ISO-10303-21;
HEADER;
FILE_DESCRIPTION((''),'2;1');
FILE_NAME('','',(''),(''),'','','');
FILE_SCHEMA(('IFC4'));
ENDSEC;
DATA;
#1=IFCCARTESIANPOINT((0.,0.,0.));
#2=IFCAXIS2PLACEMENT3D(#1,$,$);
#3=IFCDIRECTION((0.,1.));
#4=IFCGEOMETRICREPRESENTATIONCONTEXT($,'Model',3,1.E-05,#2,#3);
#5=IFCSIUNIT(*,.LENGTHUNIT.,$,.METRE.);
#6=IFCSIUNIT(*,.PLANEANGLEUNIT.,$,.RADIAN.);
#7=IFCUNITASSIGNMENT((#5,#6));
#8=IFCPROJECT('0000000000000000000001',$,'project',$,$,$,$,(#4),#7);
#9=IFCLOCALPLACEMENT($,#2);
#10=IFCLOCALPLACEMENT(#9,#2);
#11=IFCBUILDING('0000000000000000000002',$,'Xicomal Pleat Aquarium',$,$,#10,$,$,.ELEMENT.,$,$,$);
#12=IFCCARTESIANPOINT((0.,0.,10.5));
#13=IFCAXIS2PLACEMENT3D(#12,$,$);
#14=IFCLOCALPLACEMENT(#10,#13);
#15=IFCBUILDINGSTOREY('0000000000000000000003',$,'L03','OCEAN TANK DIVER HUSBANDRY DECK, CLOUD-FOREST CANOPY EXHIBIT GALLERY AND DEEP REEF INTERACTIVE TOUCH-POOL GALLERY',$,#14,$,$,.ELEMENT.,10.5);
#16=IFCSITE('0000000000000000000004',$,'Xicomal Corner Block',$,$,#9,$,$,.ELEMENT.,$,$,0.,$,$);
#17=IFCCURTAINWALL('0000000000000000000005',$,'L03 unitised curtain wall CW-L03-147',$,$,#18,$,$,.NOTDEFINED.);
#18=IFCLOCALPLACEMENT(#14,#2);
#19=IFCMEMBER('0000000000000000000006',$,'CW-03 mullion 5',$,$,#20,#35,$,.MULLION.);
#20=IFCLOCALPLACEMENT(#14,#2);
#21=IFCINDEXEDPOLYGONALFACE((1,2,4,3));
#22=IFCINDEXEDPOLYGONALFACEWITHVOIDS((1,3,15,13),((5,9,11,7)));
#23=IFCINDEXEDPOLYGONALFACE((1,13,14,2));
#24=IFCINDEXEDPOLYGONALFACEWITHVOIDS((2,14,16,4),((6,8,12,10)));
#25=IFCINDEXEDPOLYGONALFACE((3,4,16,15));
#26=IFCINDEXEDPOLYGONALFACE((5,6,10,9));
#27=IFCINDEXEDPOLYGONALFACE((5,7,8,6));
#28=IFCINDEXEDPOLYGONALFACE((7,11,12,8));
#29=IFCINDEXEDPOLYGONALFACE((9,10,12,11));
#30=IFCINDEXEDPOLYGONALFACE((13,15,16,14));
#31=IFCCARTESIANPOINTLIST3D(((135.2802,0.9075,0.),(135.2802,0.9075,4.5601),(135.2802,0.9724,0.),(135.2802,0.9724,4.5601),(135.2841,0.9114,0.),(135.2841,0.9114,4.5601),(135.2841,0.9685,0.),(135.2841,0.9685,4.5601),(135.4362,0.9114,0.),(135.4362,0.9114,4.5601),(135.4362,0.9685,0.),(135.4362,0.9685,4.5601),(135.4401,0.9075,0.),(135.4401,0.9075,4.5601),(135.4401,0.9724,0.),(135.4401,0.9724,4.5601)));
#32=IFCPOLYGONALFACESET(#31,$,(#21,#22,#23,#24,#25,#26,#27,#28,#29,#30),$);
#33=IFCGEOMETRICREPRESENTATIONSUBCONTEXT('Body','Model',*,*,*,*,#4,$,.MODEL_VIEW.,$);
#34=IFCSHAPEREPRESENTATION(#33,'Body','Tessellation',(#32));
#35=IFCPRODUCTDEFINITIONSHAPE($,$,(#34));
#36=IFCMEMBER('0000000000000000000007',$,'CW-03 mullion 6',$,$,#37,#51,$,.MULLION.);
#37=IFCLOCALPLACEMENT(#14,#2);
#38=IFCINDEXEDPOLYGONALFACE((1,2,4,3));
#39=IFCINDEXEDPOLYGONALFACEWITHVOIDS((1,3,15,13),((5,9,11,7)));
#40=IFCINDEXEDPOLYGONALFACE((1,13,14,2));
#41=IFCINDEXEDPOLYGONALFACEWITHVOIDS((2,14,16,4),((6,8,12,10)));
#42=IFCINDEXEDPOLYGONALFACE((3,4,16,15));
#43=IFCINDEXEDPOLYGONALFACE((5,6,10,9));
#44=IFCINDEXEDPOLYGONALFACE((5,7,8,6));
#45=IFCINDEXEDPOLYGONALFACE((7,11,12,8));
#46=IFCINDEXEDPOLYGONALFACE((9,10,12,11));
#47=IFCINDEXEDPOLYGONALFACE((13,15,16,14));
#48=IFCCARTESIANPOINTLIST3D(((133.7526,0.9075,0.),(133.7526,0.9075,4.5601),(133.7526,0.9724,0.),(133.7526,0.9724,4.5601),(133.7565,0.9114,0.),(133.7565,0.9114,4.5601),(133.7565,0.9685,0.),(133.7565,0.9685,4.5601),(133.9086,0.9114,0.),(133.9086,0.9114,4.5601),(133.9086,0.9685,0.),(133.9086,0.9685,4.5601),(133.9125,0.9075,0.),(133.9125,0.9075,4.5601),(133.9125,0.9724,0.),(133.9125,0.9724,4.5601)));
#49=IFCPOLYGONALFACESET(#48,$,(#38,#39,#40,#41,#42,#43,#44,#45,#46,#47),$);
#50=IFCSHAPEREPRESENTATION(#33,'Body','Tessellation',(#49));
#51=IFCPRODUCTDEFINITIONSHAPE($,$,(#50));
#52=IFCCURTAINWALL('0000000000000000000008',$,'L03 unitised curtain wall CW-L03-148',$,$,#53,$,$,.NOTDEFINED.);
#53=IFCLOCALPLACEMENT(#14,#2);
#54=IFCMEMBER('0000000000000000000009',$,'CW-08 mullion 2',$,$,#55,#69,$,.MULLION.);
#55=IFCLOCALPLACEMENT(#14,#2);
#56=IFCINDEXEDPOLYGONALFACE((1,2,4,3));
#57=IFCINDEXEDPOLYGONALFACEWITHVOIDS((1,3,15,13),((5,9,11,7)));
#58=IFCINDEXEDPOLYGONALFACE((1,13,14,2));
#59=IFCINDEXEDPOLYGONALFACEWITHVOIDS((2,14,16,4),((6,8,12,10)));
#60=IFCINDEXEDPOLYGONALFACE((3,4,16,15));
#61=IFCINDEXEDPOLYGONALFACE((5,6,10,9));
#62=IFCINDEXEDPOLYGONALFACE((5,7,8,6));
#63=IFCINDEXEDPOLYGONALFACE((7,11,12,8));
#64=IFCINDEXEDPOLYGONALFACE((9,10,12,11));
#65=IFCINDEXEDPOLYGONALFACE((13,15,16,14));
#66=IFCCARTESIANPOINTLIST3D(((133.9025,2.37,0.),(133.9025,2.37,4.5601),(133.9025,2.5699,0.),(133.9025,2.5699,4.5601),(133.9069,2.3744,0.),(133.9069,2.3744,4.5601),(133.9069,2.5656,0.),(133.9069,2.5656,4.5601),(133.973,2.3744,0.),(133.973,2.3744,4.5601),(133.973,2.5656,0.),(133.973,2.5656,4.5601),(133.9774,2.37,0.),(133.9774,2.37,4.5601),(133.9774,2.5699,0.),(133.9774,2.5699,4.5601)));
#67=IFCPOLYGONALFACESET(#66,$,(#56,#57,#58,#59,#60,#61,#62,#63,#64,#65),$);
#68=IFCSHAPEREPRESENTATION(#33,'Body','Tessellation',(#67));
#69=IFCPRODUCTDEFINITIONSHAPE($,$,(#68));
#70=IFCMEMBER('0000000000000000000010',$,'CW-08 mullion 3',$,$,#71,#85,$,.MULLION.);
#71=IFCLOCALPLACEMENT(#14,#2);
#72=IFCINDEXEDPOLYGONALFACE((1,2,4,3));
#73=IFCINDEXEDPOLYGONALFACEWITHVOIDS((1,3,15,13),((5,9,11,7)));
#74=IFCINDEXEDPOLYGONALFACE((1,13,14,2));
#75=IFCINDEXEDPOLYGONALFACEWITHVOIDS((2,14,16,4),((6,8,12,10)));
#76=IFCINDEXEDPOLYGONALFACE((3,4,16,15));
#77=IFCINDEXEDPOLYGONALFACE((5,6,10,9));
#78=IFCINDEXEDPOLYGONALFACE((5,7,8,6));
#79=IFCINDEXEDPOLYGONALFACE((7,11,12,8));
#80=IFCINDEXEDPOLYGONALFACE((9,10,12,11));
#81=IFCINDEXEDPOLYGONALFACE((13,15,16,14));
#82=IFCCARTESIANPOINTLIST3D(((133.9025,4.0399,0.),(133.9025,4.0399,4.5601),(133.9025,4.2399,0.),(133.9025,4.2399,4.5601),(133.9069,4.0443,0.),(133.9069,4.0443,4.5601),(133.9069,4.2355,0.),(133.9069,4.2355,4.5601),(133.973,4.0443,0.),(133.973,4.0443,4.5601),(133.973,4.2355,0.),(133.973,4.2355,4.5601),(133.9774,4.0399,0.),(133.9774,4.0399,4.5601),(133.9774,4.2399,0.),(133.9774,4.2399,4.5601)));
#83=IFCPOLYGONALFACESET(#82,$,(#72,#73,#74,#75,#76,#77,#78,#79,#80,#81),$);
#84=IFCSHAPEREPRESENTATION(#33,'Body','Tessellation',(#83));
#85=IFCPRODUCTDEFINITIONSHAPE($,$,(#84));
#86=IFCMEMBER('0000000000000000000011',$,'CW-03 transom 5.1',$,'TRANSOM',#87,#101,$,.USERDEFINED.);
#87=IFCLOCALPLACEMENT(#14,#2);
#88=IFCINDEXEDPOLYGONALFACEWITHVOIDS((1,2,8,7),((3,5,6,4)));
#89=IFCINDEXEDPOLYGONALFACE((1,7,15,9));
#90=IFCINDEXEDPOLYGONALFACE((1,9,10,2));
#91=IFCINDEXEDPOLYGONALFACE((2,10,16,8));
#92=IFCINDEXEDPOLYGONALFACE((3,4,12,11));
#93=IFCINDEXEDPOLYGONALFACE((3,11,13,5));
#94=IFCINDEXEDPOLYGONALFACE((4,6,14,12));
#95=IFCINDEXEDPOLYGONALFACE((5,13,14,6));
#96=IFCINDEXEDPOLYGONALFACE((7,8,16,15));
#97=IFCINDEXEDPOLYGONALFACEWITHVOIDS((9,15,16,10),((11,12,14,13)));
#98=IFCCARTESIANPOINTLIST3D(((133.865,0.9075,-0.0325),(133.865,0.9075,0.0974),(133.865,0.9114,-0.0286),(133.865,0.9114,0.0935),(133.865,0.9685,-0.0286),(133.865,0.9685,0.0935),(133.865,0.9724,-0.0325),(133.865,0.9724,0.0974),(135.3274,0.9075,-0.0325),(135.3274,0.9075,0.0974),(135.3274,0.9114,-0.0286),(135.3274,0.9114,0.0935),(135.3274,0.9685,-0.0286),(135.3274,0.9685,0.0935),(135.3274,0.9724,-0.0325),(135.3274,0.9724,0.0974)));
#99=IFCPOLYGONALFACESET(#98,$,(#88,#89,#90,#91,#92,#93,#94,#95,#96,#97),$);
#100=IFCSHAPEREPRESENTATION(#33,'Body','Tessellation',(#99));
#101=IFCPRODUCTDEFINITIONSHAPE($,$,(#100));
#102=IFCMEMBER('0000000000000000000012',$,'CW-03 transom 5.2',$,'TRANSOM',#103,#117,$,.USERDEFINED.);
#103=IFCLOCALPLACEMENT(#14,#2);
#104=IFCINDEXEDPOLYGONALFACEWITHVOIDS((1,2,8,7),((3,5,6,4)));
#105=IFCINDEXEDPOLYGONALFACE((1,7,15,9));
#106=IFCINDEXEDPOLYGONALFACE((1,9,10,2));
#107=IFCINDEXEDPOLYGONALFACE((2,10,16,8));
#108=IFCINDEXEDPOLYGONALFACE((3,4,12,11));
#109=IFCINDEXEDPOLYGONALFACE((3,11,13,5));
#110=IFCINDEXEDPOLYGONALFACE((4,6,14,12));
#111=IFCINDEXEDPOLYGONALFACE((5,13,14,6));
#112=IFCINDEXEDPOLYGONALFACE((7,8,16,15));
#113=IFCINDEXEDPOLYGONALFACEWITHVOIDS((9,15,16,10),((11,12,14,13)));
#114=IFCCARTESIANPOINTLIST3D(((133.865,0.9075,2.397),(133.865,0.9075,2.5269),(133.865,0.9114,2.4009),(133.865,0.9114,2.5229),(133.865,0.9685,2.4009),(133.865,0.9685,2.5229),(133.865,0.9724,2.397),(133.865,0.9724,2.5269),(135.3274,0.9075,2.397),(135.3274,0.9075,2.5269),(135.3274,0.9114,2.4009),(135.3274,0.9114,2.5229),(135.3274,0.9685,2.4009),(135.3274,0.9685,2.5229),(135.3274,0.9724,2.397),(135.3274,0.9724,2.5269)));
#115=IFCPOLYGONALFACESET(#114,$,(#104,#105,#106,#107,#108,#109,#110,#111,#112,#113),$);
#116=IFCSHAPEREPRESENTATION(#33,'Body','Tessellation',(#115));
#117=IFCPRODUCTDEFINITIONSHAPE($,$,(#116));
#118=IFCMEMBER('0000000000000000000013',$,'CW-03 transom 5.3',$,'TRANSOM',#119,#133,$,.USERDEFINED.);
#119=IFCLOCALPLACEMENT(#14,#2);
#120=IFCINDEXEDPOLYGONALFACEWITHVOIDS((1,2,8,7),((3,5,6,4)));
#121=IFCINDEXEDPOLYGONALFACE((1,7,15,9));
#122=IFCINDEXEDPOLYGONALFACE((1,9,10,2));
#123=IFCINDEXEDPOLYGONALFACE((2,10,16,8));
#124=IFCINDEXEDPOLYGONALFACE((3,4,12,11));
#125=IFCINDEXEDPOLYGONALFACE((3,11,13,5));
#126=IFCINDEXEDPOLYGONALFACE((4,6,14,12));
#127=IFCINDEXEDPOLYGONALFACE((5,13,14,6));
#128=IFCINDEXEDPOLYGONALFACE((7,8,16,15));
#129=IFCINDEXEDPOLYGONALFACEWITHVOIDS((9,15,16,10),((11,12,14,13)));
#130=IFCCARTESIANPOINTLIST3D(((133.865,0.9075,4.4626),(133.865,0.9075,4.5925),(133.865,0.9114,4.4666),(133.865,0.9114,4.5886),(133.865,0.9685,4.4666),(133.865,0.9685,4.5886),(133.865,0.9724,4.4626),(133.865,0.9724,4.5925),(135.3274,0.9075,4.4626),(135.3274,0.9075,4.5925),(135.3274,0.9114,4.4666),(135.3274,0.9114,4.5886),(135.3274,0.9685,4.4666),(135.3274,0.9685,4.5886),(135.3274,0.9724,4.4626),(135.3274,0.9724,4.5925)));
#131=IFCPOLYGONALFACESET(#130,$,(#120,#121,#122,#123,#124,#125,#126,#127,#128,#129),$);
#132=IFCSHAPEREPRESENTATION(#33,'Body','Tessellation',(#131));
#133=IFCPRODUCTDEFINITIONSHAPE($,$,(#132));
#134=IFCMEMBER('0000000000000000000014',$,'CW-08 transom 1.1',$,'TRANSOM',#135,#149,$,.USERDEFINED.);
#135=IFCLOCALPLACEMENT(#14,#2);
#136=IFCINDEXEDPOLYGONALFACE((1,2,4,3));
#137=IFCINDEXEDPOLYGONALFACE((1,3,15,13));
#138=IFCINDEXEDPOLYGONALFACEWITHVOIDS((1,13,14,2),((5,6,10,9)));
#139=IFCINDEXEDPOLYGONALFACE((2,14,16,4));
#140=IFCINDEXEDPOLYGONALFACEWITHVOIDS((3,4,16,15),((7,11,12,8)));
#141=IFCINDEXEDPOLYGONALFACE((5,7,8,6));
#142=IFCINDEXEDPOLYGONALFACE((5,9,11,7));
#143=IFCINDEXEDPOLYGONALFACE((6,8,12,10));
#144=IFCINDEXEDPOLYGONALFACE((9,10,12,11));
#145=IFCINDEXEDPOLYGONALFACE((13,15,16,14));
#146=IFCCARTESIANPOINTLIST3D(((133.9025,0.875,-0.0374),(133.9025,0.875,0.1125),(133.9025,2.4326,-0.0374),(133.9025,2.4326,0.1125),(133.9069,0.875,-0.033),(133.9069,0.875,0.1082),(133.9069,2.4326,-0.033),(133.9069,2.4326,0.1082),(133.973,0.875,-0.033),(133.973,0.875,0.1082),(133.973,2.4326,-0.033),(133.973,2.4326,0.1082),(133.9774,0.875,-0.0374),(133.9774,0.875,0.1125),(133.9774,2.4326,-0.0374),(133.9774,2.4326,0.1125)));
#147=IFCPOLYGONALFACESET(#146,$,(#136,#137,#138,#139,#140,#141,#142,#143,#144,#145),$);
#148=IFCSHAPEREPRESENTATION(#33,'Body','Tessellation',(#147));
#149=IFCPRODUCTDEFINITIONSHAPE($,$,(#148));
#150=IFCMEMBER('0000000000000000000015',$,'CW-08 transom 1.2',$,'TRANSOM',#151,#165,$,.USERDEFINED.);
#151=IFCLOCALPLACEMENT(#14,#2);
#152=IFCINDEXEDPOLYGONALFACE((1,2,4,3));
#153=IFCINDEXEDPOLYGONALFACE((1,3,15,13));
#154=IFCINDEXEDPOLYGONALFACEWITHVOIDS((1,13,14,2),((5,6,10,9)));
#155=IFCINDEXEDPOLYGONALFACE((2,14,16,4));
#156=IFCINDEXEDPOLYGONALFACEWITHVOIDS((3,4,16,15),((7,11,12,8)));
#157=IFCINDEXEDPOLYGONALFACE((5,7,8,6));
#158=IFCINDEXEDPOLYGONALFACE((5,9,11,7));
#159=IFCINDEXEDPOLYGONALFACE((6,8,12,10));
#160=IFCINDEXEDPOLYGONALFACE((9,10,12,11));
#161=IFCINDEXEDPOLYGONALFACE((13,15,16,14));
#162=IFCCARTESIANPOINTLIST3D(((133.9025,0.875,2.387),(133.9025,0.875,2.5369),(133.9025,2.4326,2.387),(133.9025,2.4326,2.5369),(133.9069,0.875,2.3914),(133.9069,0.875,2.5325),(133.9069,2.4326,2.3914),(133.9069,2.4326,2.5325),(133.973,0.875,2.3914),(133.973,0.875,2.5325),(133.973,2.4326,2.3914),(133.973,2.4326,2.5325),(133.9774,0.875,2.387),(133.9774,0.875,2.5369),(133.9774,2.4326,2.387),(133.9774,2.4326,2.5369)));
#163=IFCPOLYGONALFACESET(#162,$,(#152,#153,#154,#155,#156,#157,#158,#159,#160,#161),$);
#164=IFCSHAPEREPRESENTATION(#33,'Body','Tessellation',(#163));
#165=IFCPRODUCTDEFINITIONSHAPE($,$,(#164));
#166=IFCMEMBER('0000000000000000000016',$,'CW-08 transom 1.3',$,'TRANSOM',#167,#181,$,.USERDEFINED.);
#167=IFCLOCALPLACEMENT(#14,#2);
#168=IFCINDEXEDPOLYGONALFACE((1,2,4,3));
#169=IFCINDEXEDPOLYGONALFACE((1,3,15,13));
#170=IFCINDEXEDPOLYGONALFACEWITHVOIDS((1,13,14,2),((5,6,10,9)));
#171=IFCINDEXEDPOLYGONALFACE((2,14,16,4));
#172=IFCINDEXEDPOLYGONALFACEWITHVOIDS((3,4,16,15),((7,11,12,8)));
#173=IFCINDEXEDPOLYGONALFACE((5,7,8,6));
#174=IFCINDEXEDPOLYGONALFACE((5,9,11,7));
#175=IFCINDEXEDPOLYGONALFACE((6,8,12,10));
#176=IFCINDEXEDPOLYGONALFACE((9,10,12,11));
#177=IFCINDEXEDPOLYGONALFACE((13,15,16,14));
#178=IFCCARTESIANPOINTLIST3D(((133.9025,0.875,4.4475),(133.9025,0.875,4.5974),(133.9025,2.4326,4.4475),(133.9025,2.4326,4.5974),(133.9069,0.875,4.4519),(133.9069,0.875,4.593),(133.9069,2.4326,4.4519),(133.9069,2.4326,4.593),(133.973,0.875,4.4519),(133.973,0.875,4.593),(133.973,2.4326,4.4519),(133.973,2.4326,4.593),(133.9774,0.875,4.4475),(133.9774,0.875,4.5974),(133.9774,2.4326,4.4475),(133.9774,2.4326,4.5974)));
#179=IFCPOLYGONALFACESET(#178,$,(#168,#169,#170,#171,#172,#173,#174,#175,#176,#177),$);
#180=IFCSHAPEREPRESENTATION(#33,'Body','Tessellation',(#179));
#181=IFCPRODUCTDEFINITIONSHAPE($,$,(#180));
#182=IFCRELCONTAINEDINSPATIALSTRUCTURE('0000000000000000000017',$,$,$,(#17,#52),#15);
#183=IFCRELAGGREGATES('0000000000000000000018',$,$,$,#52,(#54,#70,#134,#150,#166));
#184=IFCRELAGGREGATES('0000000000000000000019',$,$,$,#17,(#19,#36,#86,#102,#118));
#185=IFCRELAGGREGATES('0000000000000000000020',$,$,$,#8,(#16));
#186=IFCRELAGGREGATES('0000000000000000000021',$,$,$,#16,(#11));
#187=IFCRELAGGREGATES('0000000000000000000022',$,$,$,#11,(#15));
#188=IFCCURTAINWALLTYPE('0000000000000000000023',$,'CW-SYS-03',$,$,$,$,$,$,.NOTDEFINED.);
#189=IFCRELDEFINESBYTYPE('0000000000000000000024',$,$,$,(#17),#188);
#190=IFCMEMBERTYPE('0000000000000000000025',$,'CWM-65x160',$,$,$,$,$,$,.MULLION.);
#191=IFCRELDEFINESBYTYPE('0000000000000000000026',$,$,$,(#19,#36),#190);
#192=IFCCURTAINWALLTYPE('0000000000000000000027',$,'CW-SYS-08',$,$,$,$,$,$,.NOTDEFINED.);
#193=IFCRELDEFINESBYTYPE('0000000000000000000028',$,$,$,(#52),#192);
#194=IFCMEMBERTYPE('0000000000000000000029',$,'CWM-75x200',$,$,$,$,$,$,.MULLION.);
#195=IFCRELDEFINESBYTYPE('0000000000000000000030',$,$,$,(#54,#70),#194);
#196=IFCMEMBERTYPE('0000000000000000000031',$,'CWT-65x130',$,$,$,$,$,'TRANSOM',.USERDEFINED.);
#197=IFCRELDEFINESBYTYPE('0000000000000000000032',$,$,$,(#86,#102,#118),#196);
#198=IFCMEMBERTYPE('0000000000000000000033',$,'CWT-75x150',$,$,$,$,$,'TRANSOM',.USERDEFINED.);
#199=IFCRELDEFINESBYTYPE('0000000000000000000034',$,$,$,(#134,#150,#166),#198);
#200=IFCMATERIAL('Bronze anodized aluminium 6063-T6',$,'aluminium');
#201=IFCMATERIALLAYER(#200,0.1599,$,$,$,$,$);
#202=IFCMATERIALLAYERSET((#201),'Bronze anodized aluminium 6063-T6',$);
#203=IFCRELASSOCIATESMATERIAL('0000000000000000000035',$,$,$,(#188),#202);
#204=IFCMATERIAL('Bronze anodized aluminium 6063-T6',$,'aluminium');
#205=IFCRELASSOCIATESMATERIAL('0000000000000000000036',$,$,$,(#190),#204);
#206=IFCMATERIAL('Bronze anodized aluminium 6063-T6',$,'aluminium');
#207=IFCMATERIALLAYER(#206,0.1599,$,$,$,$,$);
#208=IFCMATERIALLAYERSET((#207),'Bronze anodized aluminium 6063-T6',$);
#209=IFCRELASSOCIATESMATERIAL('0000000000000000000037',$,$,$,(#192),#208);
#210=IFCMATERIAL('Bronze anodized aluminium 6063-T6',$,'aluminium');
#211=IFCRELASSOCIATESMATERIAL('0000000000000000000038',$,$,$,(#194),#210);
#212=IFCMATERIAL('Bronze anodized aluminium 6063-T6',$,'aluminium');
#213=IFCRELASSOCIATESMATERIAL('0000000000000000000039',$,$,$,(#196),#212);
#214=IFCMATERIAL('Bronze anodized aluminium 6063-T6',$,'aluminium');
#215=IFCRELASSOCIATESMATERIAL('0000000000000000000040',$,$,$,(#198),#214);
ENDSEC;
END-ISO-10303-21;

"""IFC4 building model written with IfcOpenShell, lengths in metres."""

from ifc_helpers import new_model, si_unit, direction, frame, origin, origin_2d, place, context, subcontext, project, spatial, hollow_rectangle, extrude, material, layer, layer_set, material_profile, profile_set, type_object, element, aggregate, save


model = new_model("IFC4")

# Units and contexts
model_context = context("Model", 3, precision=1e-05, world=origin(), true_north=direction((0.0, 1.0)))
body_context = subcontext(model_context, "Body", "Model", "MODEL_VIEW")
ifc_project = project(units=[si_unit("LENGTHUNIT", "METRE"), si_unit("PLANEANGLEUNIT", "RADIAN")], contexts=[model_context])

# Site, building, storey
site_placement = place(None, origin())
site = spatial("IfcSite", under=ifc_project, at=site_placement, Name="Xicomal Corner Block", CompositionType="ELEMENT", RefElevation=0.0)
building_placement = place(site_placement, origin())
building = spatial("IfcBuilding", under=site, at=building_placement, Name="Xicomal Pleat Aquarium", CompositionType="ELEMENT")
storey_placement = place(building_placement, frame((0.0, 0.0, 10.5)))
storey = spatial("IfcBuildingStorey", under=building, at=storey_placement, Name="L03", Description="OCEAN TANK DIVER HUSBANDRY DECK, CLOUD-FOREST CANOPY EXHIBIT GALLERY AND DEEP REEF INTERACTIVE TOUCH-POOL GALLERY", CompositionType="ELEMENT", Elevation=10.5)

# Curtain walls, members
ifc_material_1 = material(Name="Bronze anodized aluminium 6063-T6", Category="aluminium")
ifc_layer_1 = layer(ifc_material_1, 0.1599)
ifc_layer_set_1 = layer_set([ifc_layer_1], Name="Bronze anodized aluminium 6063-T6")
curtain_wall_type_1 = type_object("IfcCurtainWallType", Name="CW-SYS-03", PredefinedType="NOTDEFINED", material=ifc_layer_set_1)
curtain_wall_1_placement = place(storey_placement, origin())
curtain_wall_1 = element("IfcCurtainWall", 1, at=curtain_wall_1_placement, inside=storey, type_object=curtain_wall_type_1, Name="L03 unitised curtain wall CW-L03-147", PredefinedType="NOTDEFINED")
ifc_material_2 = material(Name="Bronze anodized aluminium 6063-T6", Category="aluminium")
ifc_material_profile_1 = material_profile(ifc_material_2, hollow_rectangle(XDim=0.0649, YDim=0.1599, WallThickness=0.0039, at=origin_2d()), Name="ALU MULL 65x160")
ifc_profile_set_1 = profile_set([ifc_material_profile_1], Name="Bronze anodized aluminium 6063-T6")
member_type_1 = type_object("IfcMemberType", Name="CWM-65x160", PredefinedType="MULLION", material=ifc_profile_set_1)
member_1_placement = place(storey_placement, frame((135.3601, 0.9399, 0.0), z_axis=(0.0, 0.0, 1.0), x_axis=(0.0, -1.0, 0.0)))
member_1 = element("IfcMember", 2, at=member_1_placement, type_object=member_type_1, Name="CW-03 mullion 5", PredefinedType="MULLION", context=body_context, shape_type="SweptSolid", body=[
    extrude(hollow_rectangle(XDim=0.0649, YDim=0.1599, WallThickness=0.0039, at=origin_2d()), origin(), (0.0, 0.0, 1.0), 4.5601),
])
member_2_placement = place(storey_placement, frame((133.8325, 0.9399, 0.0), z_axis=(0.0, 0.0, 1.0), x_axis=(0.0, -1.0, 0.0)))
member_2 = element("IfcMember", 3, at=member_2_placement, type_object=member_type_1, Name="CW-03 mullion 6", PredefinedType="MULLION", context=body_context, shape_type="SweptSolid", body=[
    extrude(hollow_rectangle(XDim=0.0649, YDim=0.1599, WallThickness=0.0039, at=origin_2d()), origin(), (0.0, 0.0, 1.0), 4.5601),
])
ifc_material_3 = material(Name="Bronze anodized aluminium 6063-T6", Category="aluminium")
ifc_layer_2 = layer(ifc_material_3, 0.1599)
ifc_layer_set_2 = layer_set([ifc_layer_2], Name="Bronze anodized aluminium 6063-T6")
curtain_wall_type_2 = type_object("IfcCurtainWallType", Name="CW-SYS-08", PredefinedType="NOTDEFINED", material=ifc_layer_set_2)
curtain_wall_2_placement = place(storey_placement, origin())
curtain_wall_2 = element("IfcCurtainWall", 4, at=curtain_wall_2_placement, inside=storey, type_object=curtain_wall_type_2, Name="L03 unitised curtain wall CW-L03-148", PredefinedType="NOTDEFINED")
ifc_material_4 = material(Name="Bronze anodized aluminium 6063-T6", Category="aluminium")
ifc_material_profile_2 = material_profile(ifc_material_4, hollow_rectangle(XDim=0.075, YDim=0.2, WallThickness=0.0044, at=origin_2d()), Name="ALU MULL 75x200")
ifc_profile_set_2 = profile_set([ifc_material_profile_2], Name="Bronze anodized aluminium 6063-T6")
member_type_2 = type_object("IfcMemberType", Name="CWM-75x200", PredefinedType="MULLION", material=ifc_profile_set_2)
member_3_placement = place(storey_placement, frame((133.9399, 2.47, 0.0), z_axis=(0.0, 0.0, 1.0), x_axis=(-1.0, 0.0, 0.0)))
member_3 = element("IfcMember", 5, at=member_3_placement, type_object=member_type_2, Name="CW-08 mullion 2", PredefinedType="MULLION", context=body_context, shape_type="SweptSolid", body=[
    extrude(hollow_rectangle(XDim=0.075, YDim=0.2, WallThickness=0.0044, at=origin_2d()), origin(), (0.0, 0.0, 1.0), 4.5601),
])
member_4_placement = place(storey_placement, frame((133.9399, 4.1399, 0.0), z_axis=(0.0, 0.0, 1.0), x_axis=(-1.0, 0.0, 0.0)))
member_4 = element("IfcMember", 6, at=member_4_placement, type_object=member_type_2, Name="CW-08 mullion 3", PredefinedType="MULLION", context=body_context, shape_type="SweptSolid", body=[
    extrude(hollow_rectangle(XDim=0.075, YDim=0.2, WallThickness=0.0044, at=origin_2d()), origin(), (0.0, 0.0, 1.0), 4.5601),
])

# Members
ifc_material_5 = material(Name="Bronze anodized aluminium 6063-T6", Category="aluminium")
ifc_material_profile_3 = material_profile(ifc_material_5, hollow_rectangle(XDim=0.0649, YDim=0.1299, WallThickness=0.0039, at=origin_2d()), Name="ALU TRAN 65x130")
ifc_profile_set_3 = profile_set([ifc_material_profile_3], Name="Bronze anodized aluminium 6063-T6")
member_type_3 = type_object("IfcMemberType", Name="CWT-65x130", ElementType="TRANSOM", PredefinedType="USERDEFINED", material=ifc_profile_set_3)
member_5_placement = place(storey_placement, frame((135.3274, 0.9399, 0.0325), z_axis=(-1.0, 0.0, 0.0), x_axis=(0.0, -1.0, 0.0)))
member_5 = element("IfcMember", 7, at=member_5_placement, type_object=member_type_3, Name="CW-03 transom 5.1", ObjectType="TRANSOM", PredefinedType="USERDEFINED", context=body_context, shape_type="SweptSolid", body=[
    extrude(hollow_rectangle(XDim=0.0649, YDim=0.1299, WallThickness=0.0039, at=origin_2d()), origin(), (0.0, 0.0, 1.0), 1.4624),
])
member_6_placement = place(storey_placement, frame((135.3274, 0.9399, 2.4619), z_axis=(-1.0, 0.0, 0.0), x_axis=(0.0, -1.0, 0.0)))
member_6 = element("IfcMember", 8, at=member_6_placement, type_object=member_type_3, Name="CW-03 transom 5.2", ObjectType="TRANSOM", PredefinedType="USERDEFINED", context=body_context, shape_type="SweptSolid", body=[
    extrude(hollow_rectangle(XDim=0.0649, YDim=0.1299, WallThickness=0.0039, at=origin_2d()), origin(), (0.0, 0.0, 1.0), 1.4624),
])
member_7_placement = place(storey_placement, frame((135.3274, 0.9399, 4.5276), z_axis=(-1.0, 0.0, 0.0), x_axis=(0.0, -1.0, 0.0)))
member_7 = element("IfcMember", 9, at=member_7_placement, type_object=member_type_3, Name="CW-03 transom 5.3", ObjectType="TRANSOM", PredefinedType="USERDEFINED", context=body_context, shape_type="SweptSolid", body=[
    extrude(hollow_rectangle(XDim=0.0649, YDim=0.1299, WallThickness=0.0039, at=origin_2d()), origin(), (0.0, 0.0, 1.0), 1.4624),
])
ifc_material_6 = material(Name="Bronze anodized aluminium 6063-T6", Category="aluminium")
ifc_material_profile_4 = material_profile(ifc_material_6, hollow_rectangle(XDim=0.075, YDim=0.1499, WallThickness=0.0044, at=origin_2d()), Name="ALU TRAN 75x150")
ifc_profile_set_4 = profile_set([ifc_material_profile_4], Name="Bronze anodized aluminium 6063-T6")
member_type_4 = type_object("IfcMemberType", Name="CWT-75x150", ElementType="TRANSOM", PredefinedType="USERDEFINED", material=ifc_profile_set_4)
member_8_placement = place(storey_placement, frame((133.9399, 0.875, 0.0376), z_axis=(0.0, 1.0, 0.0), x_axis=(-1.0, 0.0, 0.0)))
member_8 = element("IfcMember", 10, at=member_8_placement, type_object=member_type_4, Name="CW-08 transom 1.1", ObjectType="TRANSOM", PredefinedType="USERDEFINED", context=body_context, shape_type="SweptSolid", body=[
    extrude(hollow_rectangle(XDim=0.075, YDim=0.1499, WallThickness=0.0044, at=origin_2d()), origin(), (0.0, 0.0, 1.0), 1.5576),
])
member_9_placement = place(storey_placement, frame((133.9399, 0.875, 2.4619), z_axis=(0.0, 1.0, 0.0), x_axis=(-1.0, 0.0, 0.0)))
member_9 = element("IfcMember", 11, at=member_9_placement, type_object=member_type_4, Name="CW-08 transom 1.2", ObjectType="TRANSOM", PredefinedType="USERDEFINED", context=body_context, shape_type="SweptSolid", body=[
    extrude(hollow_rectangle(XDim=0.075, YDim=0.1499, WallThickness=0.0044, at=origin_2d()), origin(), (0.0, 0.0, 1.0), 1.5576),
])
member_10_placement = place(storey_placement, frame((133.9399, 0.875, 4.5225), z_axis=(0.0, 1.0, 0.0), x_axis=(-1.0, 0.0, 0.0)))
member_10 = element("IfcMember", 12, at=member_10_placement, type_object=member_type_4, Name="CW-08 transom 1.3", ObjectType="TRANSOM", PredefinedType="USERDEFINED", context=body_context, shape_type="SweptSolid", body=[
    extrude(hollow_rectangle(XDim=0.075, YDim=0.1499, WallThickness=0.0044, at=origin_2d()), origin(), (0.0, 0.0, 1.0), 1.5576),
])

aggregate(curtain_wall_2, [member_3, member_4, member_8, member_9, member_10])
aggregate(curtain_wall_1, [member_1, member_2, member_5, member_6, member_7])

save(model, "model.ifc")
